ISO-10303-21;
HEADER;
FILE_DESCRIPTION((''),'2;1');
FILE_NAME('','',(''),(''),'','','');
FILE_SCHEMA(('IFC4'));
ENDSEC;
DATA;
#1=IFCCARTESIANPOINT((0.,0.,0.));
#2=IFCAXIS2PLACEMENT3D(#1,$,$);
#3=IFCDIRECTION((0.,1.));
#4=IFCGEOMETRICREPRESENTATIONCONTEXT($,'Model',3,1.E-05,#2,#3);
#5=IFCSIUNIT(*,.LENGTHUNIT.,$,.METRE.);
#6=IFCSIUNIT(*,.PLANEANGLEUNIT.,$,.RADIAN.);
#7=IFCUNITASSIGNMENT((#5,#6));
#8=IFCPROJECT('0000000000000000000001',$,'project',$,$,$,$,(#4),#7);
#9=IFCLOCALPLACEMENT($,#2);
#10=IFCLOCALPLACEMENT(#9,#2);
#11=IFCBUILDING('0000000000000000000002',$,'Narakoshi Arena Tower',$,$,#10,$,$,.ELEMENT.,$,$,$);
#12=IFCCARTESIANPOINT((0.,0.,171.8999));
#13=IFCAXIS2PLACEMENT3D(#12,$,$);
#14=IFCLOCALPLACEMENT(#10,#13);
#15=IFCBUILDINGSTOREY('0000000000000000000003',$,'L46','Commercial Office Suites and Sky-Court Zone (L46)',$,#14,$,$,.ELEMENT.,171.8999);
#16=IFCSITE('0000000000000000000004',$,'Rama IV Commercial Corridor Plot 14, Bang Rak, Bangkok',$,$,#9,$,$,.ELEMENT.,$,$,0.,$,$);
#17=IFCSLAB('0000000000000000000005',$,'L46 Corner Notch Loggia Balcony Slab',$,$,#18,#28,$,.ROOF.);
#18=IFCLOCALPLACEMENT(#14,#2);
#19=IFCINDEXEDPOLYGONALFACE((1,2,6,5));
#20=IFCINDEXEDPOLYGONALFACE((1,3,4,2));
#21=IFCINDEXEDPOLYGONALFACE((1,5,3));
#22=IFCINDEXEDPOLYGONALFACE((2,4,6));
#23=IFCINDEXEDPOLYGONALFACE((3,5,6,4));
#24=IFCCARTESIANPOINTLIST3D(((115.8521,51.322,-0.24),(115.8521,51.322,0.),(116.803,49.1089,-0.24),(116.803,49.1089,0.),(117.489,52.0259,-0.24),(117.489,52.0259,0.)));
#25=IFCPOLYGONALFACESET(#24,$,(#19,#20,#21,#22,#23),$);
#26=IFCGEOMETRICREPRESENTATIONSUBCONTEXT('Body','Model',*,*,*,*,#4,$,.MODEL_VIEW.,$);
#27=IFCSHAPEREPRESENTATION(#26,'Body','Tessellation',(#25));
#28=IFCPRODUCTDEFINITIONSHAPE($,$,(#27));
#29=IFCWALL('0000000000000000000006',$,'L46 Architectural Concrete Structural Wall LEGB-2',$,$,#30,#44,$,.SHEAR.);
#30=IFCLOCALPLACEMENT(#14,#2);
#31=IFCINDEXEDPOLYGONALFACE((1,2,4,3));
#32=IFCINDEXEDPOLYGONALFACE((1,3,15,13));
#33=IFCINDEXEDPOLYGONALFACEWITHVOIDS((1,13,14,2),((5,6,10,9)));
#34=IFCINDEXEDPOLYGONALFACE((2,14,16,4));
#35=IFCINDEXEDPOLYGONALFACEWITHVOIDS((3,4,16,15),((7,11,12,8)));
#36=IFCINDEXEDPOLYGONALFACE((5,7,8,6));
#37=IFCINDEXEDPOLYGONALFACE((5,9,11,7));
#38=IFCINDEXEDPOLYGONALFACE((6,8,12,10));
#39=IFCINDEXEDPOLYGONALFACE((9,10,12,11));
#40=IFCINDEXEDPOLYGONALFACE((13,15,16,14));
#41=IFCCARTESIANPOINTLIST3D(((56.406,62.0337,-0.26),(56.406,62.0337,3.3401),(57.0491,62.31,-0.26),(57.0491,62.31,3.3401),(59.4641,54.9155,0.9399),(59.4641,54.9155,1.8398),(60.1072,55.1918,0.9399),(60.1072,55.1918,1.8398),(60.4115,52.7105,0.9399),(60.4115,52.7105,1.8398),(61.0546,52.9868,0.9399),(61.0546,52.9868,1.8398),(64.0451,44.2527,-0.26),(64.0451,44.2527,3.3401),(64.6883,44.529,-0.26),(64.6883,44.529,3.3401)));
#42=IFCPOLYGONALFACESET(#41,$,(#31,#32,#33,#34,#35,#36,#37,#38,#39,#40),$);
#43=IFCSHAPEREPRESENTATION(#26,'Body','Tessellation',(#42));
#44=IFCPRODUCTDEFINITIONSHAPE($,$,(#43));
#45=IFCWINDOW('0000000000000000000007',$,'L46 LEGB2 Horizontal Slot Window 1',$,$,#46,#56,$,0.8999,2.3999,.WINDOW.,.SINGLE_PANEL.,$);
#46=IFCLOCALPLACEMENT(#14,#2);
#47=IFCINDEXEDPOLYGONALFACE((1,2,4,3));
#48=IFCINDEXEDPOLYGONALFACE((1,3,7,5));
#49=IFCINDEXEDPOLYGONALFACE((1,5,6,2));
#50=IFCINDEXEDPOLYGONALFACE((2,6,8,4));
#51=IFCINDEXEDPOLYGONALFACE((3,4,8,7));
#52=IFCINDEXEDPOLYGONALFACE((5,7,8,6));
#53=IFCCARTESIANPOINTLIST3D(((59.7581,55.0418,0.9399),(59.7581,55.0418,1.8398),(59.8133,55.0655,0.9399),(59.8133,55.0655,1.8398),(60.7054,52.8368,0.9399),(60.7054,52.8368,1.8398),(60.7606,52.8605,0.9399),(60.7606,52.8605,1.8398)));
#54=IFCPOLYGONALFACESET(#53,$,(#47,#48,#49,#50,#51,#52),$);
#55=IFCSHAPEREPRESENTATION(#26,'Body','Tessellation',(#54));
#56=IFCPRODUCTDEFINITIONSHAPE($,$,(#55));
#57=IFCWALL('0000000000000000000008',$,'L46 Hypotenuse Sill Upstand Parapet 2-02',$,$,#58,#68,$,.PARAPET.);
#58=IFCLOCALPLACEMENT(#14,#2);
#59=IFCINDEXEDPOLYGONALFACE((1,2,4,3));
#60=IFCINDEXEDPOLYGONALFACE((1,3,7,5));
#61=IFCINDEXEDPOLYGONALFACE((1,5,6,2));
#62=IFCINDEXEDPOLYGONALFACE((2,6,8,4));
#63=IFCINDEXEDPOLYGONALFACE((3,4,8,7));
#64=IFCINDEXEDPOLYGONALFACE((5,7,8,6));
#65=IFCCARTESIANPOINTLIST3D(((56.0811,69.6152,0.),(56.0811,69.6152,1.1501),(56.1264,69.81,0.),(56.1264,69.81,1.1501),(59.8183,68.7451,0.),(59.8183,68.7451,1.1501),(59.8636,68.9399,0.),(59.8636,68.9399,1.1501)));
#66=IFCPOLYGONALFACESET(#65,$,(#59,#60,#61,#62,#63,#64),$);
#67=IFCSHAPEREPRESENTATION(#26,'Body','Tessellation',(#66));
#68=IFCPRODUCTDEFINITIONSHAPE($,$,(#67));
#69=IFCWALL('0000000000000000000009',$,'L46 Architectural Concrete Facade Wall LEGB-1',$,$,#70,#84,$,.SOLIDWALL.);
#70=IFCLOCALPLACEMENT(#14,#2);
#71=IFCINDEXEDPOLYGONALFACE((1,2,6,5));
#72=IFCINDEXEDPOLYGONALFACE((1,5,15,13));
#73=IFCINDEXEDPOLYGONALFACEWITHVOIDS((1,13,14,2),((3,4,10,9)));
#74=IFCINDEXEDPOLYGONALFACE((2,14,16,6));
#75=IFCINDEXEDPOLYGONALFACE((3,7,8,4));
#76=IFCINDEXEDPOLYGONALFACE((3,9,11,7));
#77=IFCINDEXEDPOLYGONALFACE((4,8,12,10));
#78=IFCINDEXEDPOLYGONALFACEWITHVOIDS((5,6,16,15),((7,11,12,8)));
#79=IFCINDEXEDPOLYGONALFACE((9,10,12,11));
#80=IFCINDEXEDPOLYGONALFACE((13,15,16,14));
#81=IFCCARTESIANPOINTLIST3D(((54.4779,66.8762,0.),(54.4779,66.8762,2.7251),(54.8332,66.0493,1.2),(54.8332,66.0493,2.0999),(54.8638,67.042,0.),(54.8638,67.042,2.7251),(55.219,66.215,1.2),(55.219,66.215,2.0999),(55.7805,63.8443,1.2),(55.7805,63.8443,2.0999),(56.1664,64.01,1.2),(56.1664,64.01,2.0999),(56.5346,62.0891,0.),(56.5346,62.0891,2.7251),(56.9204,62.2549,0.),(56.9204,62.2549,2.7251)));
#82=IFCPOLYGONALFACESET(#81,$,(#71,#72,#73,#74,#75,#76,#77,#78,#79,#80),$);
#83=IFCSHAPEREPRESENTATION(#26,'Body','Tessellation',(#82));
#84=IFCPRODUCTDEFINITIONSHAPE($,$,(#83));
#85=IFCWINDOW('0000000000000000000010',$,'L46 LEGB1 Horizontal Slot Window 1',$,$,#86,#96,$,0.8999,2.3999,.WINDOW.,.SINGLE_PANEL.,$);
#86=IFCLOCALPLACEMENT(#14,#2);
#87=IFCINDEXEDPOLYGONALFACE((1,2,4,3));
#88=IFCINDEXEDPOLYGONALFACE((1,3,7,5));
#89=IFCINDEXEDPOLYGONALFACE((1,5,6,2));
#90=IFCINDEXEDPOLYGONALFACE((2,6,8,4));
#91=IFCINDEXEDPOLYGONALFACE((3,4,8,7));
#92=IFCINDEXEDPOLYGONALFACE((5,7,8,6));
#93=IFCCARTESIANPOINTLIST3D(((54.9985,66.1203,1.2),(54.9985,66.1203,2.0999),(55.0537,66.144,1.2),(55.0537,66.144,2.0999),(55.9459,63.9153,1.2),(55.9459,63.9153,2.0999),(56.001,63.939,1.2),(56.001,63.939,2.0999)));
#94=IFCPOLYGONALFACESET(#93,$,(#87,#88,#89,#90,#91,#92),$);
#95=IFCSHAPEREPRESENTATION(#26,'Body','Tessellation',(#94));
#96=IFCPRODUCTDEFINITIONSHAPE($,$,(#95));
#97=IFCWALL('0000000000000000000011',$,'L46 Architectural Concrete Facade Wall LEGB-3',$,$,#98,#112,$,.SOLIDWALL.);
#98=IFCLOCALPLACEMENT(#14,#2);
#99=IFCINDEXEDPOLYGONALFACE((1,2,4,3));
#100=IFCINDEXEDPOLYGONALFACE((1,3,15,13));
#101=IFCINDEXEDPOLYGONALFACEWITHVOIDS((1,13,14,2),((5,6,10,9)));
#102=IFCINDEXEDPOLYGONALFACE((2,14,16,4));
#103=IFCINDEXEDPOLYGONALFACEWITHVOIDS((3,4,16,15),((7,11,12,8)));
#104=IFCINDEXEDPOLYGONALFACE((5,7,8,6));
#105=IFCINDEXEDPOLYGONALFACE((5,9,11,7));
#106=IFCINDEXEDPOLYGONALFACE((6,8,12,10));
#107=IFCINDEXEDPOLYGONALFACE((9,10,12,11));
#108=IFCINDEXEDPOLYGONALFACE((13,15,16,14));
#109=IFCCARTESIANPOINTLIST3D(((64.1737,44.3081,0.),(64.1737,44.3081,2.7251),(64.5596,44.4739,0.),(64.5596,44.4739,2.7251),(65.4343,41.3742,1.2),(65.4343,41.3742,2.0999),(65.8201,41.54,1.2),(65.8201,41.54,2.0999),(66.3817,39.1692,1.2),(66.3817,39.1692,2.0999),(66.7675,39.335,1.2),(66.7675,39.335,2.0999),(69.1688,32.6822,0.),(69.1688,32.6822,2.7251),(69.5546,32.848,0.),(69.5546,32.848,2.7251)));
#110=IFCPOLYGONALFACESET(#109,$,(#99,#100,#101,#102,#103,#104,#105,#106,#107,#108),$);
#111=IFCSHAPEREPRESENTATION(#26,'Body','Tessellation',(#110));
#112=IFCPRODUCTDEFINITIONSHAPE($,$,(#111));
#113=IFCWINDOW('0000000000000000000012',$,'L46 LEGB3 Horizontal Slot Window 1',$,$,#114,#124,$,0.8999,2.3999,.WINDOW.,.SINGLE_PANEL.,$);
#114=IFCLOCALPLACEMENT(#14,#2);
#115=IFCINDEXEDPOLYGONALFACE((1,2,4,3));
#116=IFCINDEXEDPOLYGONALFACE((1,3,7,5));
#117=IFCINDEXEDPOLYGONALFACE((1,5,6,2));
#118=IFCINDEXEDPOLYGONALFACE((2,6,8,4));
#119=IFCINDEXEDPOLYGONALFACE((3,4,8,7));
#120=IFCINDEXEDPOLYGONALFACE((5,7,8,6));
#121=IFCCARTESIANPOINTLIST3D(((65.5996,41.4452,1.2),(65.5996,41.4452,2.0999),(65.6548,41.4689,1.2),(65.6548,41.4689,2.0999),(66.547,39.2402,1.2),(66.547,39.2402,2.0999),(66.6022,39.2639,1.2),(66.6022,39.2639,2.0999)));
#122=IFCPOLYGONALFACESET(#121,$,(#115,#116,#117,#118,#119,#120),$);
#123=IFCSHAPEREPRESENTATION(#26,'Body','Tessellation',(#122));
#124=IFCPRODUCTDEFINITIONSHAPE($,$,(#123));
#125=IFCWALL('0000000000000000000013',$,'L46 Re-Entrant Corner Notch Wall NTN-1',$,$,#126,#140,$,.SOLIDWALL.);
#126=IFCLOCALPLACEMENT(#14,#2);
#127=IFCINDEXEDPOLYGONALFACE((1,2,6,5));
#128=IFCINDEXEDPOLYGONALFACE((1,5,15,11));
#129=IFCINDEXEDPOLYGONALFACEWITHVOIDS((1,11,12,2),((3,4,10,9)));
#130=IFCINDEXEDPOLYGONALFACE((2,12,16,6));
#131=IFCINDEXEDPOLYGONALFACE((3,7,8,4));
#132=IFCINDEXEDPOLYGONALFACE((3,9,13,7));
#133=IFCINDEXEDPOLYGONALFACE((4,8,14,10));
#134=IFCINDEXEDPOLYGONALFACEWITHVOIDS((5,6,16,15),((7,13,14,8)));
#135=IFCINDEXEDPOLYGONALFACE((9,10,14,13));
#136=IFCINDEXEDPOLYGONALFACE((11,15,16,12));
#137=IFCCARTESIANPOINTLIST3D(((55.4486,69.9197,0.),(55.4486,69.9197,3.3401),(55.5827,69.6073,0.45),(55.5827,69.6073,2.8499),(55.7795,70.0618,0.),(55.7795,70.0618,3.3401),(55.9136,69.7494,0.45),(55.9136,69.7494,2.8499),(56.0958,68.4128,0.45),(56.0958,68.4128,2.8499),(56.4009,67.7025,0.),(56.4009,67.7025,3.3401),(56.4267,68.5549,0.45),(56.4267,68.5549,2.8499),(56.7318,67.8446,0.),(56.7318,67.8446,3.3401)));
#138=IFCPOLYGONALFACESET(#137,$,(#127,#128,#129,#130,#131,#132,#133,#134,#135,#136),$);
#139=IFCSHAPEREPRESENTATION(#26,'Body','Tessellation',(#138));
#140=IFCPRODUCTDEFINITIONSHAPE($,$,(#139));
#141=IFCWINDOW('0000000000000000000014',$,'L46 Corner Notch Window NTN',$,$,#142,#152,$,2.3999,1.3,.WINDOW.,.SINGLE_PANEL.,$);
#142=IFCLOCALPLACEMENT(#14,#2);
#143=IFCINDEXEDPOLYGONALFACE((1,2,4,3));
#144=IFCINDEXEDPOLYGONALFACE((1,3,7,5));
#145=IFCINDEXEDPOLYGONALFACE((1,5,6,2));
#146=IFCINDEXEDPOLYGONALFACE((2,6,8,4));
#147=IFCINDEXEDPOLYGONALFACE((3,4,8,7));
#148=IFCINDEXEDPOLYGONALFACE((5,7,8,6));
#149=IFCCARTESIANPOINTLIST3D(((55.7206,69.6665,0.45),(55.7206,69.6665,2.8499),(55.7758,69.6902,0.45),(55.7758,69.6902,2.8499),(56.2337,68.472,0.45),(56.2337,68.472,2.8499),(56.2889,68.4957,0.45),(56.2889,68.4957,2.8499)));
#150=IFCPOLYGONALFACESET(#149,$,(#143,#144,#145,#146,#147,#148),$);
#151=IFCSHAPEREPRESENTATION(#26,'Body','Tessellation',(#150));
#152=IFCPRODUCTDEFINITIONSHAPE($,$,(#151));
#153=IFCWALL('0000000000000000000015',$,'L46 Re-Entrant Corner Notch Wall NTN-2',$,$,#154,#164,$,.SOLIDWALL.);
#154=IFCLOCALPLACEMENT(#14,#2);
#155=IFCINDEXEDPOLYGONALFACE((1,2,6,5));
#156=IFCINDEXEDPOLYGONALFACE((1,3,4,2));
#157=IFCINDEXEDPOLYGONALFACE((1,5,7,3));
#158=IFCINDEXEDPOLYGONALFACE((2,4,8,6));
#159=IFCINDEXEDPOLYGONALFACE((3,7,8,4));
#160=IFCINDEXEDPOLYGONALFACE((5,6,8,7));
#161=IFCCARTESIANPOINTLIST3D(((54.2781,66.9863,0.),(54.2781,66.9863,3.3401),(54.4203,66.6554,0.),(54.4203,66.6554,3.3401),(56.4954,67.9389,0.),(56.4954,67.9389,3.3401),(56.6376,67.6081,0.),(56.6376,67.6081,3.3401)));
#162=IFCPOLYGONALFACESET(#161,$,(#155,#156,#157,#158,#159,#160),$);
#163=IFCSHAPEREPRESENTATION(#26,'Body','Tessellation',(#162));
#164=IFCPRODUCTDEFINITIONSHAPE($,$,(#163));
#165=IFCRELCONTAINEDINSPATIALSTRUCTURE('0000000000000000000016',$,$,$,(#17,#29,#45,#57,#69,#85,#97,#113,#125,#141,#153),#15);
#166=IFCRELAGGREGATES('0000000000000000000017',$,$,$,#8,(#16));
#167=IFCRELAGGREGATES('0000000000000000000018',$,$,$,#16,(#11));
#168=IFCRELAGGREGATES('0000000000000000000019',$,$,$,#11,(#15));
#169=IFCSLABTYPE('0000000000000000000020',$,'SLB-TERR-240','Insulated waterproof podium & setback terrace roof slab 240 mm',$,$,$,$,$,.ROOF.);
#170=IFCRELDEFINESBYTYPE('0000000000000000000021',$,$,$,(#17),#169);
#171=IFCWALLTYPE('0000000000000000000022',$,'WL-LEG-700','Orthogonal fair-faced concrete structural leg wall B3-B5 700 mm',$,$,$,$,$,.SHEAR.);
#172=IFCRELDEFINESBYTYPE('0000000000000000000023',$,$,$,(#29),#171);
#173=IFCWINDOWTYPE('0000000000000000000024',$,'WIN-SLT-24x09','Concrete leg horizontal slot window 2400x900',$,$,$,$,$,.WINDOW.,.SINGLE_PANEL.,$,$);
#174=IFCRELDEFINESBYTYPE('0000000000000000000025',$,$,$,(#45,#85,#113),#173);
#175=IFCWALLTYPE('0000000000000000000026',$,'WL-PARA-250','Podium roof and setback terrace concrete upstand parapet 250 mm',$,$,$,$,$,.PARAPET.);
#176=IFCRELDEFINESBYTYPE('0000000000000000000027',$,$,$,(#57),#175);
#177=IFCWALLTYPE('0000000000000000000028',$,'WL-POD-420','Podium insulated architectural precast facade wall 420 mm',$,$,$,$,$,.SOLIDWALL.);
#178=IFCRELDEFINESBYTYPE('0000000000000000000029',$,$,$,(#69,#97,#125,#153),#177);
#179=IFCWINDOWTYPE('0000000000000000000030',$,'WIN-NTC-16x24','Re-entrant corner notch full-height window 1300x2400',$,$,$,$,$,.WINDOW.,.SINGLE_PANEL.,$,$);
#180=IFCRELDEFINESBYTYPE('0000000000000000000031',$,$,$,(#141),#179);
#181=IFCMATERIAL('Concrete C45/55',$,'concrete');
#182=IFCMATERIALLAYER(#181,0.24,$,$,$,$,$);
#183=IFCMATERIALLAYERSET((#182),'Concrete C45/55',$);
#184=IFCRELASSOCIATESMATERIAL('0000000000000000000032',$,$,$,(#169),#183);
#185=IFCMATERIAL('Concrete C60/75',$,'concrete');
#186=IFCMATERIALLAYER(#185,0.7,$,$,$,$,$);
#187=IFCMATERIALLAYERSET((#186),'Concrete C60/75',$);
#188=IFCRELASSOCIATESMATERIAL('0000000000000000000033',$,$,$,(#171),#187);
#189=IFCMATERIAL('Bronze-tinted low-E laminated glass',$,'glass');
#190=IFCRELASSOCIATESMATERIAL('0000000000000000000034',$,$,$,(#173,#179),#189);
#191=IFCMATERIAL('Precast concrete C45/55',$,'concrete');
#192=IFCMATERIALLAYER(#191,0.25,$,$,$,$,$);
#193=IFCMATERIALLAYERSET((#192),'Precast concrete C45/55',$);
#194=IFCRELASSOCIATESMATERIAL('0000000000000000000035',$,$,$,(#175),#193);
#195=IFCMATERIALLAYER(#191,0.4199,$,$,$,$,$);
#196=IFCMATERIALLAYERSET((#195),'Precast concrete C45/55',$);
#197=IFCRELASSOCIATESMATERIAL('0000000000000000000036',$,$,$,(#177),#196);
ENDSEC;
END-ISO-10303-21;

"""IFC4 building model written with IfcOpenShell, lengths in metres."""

from ifc_helpers import new_model, si_unit, direction, frame, frame_2d, origin, place, context, subcontext, project, spatial, polyline, rectangle, outline, extrude, material, layer, layer_set, type_object, element, fill, save


model = new_model("IFC4")

# Units and contexts
model_context = context("Model", 3, precision=1e-05, world=origin(), true_north=direction((0.0, 1.0)))
body_context = subcontext(model_context, "Body", "Model", "MODEL_VIEW")
ifc_project = project(units=[si_unit("LENGTHUNIT", "METRE"), si_unit("PLANEANGLEUNIT", "RADIAN")], contexts=[model_context])

# Site, building, storey
site_placement = place(None, origin())
site = spatial("IfcSite", under=ifc_project, at=site_placement, Name="Rama IV Commercial Corridor Plot 14, Bang Rak, Bangkok", CompositionType="ELEMENT", RefElevation=0.0)
building_placement = place(site_placement, origin())
building = spatial("IfcBuilding", under=site, at=building_placement, Name="Narakoshi Arena Tower", CompositionType="ELEMENT")
storey_placement = place(building_placement, frame((0.0, 0.0, 171.8999)))
storey = spatial("IfcBuildingStorey", under=building, at=storey_placement, Name="L46", Description="Commercial Office Suites and Sky-Court Zone (L46)", CompositionType="ELEMENT", Elevation=171.8999)

# Shared definitions
ifc_material_1 = material(Name="Bronze-tinted low-E laminated glass", Category="glass")

# Shared definitions
ifc_material_2 = material(Name="Concrete C45/55", Category="concrete")

# Slab
ifc_layer_1 = layer(ifc_material_2, 0.24)
ifc_layer_set_1 = layer_set([ifc_layer_1], Name="Concrete C45/55")
slab_type_1 = type_object("IfcSlabType", Name="SLB-TERR-240", Description="Insulated waterproof podium & setback terrace roof slab 240 mm", PredefinedType="ROOF", material=ifc_layer_set_1)
slab_1_placement = place(storey_placement, frame((0.0, 0.0, -0.24)))
element("IfcSlab", 1, at=slab_1_placement, inside=storey, type_object=slab_type_1, Name="L46 Corner Notch Loggia Balcony Slab", PredefinedType="ROOF", context=body_context, shape_type="SweptSolid", body=[
    extrude(outline(polyline([(117.489, 52.0259), (115.8521, 51.322), (116.803, 49.1089), (117.489, 52.0259)])), origin(), (0.0, 0.0, 1.0), 0.24),
])

# Wall, opening, window
ifc_material_3 = material(Name="Concrete C60/75", Category="concrete")
ifc_layer_2 = layer(ifc_material_3, 0.7)
ifc_layer_set_2 = layer_set([ifc_layer_2], Name="Concrete C60/75")
wall_type_1 = type_object("IfcWallType", Name="WL-LEG-700", Description="Orthogonal fair-faced concrete structural leg wall B3-B5 700 mm", PredefinedType="SHEAR", material=ifc_layer_set_2)
wall_1_placement = place(storey_placement, frame((56.7275, 62.1719, -0.26), z_axis=(0.0, 0.0, 1.0), x_axis=(0.394737, -0.918794, 0.0)))
wall_1 = element("IfcWall", 2, at=wall_1_placement, inside=storey, type_object=wall_type_1, Name="L46 Architectural Concrete Structural Wall LEGB-2", PredefinedType="SHEAR", context=body_context, shape_type="SweptSolid", body=[
    extrude(rectangle(XDim=19.3525, YDim=0.7, at=frame_2d((9.6763, 0.0))), origin(), (0.0, 0.0, 1.0), 3.6001),
])
opening_1_placement = place(wall_1_placement, frame((7.7473, 0.0, 1.2)))
opening_1 = element("IfcOpeningElement", 3, at=opening_1_placement, cuts=wall_1, PredefinedType="OPENING", context=body_context, shape_type="SweptSolid", body=[
    extrude(rectangle(XDim=2.3999, YDim=0.8999, at=frame_2d((1.2, 0.45))), frame((0.0, 0.3599, 0.0), z_axis=(0.0, -1.0, 0.0), x_axis=(1.0, 0.0, 0.0)), (0.0, 0.0, 1.0), 0.72),
])
window_type_1 = type_object("IfcWindowType", Name="WIN-SLT-24x09", Description="Concrete leg horizontal slot window 2400x900", PartitioningType="SINGLE_PANEL", PredefinedType="WINDOW", material=ifc_material_1)
window_1_placement = place(opening_1_placement, origin())
window_1 = element("IfcWindow", 4, at=window_1_placement, inside=storey, type_object=window_type_1, Name="L46 LEGB2 Horizontal Slot Window 1", OverallHeight=0.8999, OverallWidth=2.3999, PartitioningType="SINGLE_PANEL", PredefinedType="WINDOW", context=body_context, shape_type="SweptSolid", body=[
    extrude(rectangle(XDim=2.3999, YDim=0.8999, at=frame_2d((1.2, 0.45))), frame((0.0, 0.03, 0.0), z_axis=(0.0, -1.0, 0.0), x_axis=(1.0, 0.0, 0.0)), (0.0, 0.0, 1.0), 0.0601),
])
fill(opening_1, window_1)

# Wall
ifc_material_4 = material(Name="Precast concrete C45/55", Category="concrete")
ifc_layer_3 = layer(ifc_material_4, 0.25)
ifc_layer_set_3 = layer_set([ifc_layer_3], Name="Precast concrete C45/55")
wall_type_2 = type_object("IfcWallType", Name="WL-PARA-250", Description="Podium roof and setback terrace concrete upstand parapet 250 mm", PredefinedType="PARAPET", material=ifc_layer_set_3)
wall_2_placement = place(storey_placement, frame((59.8408, 68.8425, 0.0), z_axis=(0.0, 0.0, 1.0), x_axis=(-0.973952, 0.226755, 0.0)))
element("IfcWall", 5, at=wall_2_placement, inside=storey, type_object=wall_type_2, Name="L46 Hypotenuse Sill Upstand Parapet 2-02", PredefinedType="PARAPET", context=body_context, shape_type="SweptSolid", body=[
    extrude(rectangle(XDim=3.8372, YDim=0.2, at=frame_2d((1.9185, 0.0))), origin(), (0.0, 0.0, 1.0), 1.1501),
])

# Walls, openings, windows
ifc_layer_4 = layer(ifc_material_4, 0.4199)
ifc_layer_set_4 = layer_set([ifc_layer_4], Name="Precast concrete C45/55")
wall_type_3 = type_object("IfcWallType", Name="WL-POD-420", Description="Podium insulated architectural precast facade wall 420 mm", PredefinedType="SOLIDWALL", material=ifc_layer_set_4)
wall_3_placement = place(storey_placement, frame((54.6709, 66.959, 0.0), z_axis=(0.0, 0.0, 1.0), x_axis=(0.394734, -0.918796, 0.0)))
wall_3 = element("IfcWall", 6, at=wall_3_placement, inside=storey, type_object=wall_type_3, Name="L46 Architectural Concrete Facade Wall LEGB-1", PredefinedType="SOLIDWALL", context=body_context, shape_type="SweptSolid", body=[
    extrude(rectangle(XDim=5.2102, YDim=0.4199, at=frame_2d((2.605, 0.0))), origin(), (0.0, 0.0, 1.0), 2.7251),
])
opening_2_placement = place(wall_3_placement, frame((0.8999, 0.0, 1.2)))
opening_2 = element("IfcOpeningElement", 7, at=opening_2_placement, cuts=wall_3, PredefinedType="OPENING", context=body_context, shape_type="SweptSolid", body=[
    extrude(rectangle(XDim=2.3999, YDim=0.8999, at=frame_2d((1.2, 0.45))), frame((0.0, 0.22, 0.0), z_axis=(0.0, -1.0, 0.0), x_axis=(1.0, 0.0, 0.0)), (0.0, 0.0, 1.0), 0.4399),
])
window_2_placement = place(opening_2_placement, origin())
window_2 = element("IfcWindow", 8, at=window_2_placement, inside=storey, type_object=window_type_1, Name="L46 LEGB1 Horizontal Slot Window 1", OverallHeight=0.8999, OverallWidth=2.3999, PartitioningType="SINGLE_PANEL", PredefinedType="WINDOW", context=body_context, shape_type="SweptSolid", body=[
    extrude(rectangle(XDim=2.3999, YDim=0.8999, at=frame_2d((1.2, 0.45))), frame((0.0, 0.03, 0.0), z_axis=(0.0, -1.0, 0.0), x_axis=(1.0, 0.0, 0.0)), (0.0, 0.0, 1.0), 0.0601),
])
fill(opening_2, window_2)
wall_4_placement = place(storey_placement, frame((64.3667, 44.3909, 0.0), z_axis=(0.0, 0.0, 1.0), x_axis=(0.394757, -0.918785, 0.0)))
wall_4 = element("IfcWall", 9, at=wall_4_placement, inside=storey, type_object=wall_type_3, Name="L46 Architectural Concrete Facade Wall LEGB-3", PredefinedType="SOLIDWALL", context=body_context, shape_type="SweptSolid", body=[
    extrude(rectangle(XDim=12.6536, YDim=0.4199, at=frame_2d((6.3267, 0.0))), origin(), (0.0, 0.0, 1.0), 2.7251),
])
opening_3_placement = place(wall_4_placement, frame((3.1931, 0.0, 1.2)))
opening_3 = element("IfcOpeningElement", 10, at=opening_3_placement, cuts=wall_4, PredefinedType="OPENING", context=body_context, shape_type="SweptSolid", body=[
    extrude(rectangle(XDim=2.3999, YDim=0.8999, at=frame_2d((1.2, 0.45))), frame((0.0, 0.22, 0.0), z_axis=(0.0, -1.0, 0.0), x_axis=(1.0, 0.0, 0.0)), (0.0, 0.0, 1.0), 0.4399),
])
window_3_placement = place(opening_3_placement, origin())
window_3 = element("IfcWindow", 11, at=window_3_placement, inside=storey, type_object=window_type_1, Name="L46 LEGB3 Horizontal Slot Window 1", OverallHeight=0.8999, OverallWidth=2.3999, PartitioningType="SINGLE_PANEL", PredefinedType="WINDOW", context=body_context, shape_type="SweptSolid", body=[
    extrude(rectangle(XDim=2.3999, YDim=0.8999, at=frame_2d((1.2, 0.45))), frame((0.0, 0.03, 0.0), z_axis=(0.0, -1.0, 0.0), x_axis=(1.0, 0.0, 0.0)), (0.0, 0.0, 1.0), 0.0601),
])
fill(opening_3, window_3)
wall_5_placement = place(storey_placement, frame((55.614, 69.9907, 0.0), z_axis=(0.0, 0.0, 1.0), x_axis=(0.394664, -0.918826, 0.0)))
wall_5 = element("IfcWall", 12, at=wall_5_placement, inside=storey, type_object=wall_type_3, Name="L46 Re-Entrant Corner Notch Wall NTN-1", PredefinedType="SOLIDWALL", context=body_context, shape_type="SweptSolid", body=[
    extrude(rectangle(XDim=2.4131, YDim=0.3601, at=frame_2d((1.2065, 0.0))), origin(), (0.0, 0.0, 1.0), 3.3401),
])
opening_4_placement = place(wall_5_placement, frame((0.3401, 0.0, 0.45)))
opening_4 = element("IfcOpeningElement", 13, at=opening_4_placement, cuts=wall_5, PredefinedType="OPENING", context=body_context, shape_type="SweptSolid", body=[
    extrude(rectangle(XDim=1.3, YDim=2.3999, at=frame_2d((0.6499, 1.2))), frame((0.0, 0.1899, 0.0), z_axis=(0.0, -1.0, 0.0), x_axis=(1.0, 0.0, 0.0)), (0.0, 0.0, 1.0), 0.3801),
])
window_type_2 = type_object("IfcWindowType", Name="WIN-NTC-16x24", Description="Re-entrant corner notch full-height window 1300x2400", PartitioningType="SINGLE_PANEL", PredefinedType="WINDOW", material=ifc_material_1)
window_4_placement = place(opening_4_placement, origin())
window_4 = element("IfcWindow", 14, at=window_4_placement, inside=storey, type_object=window_type_2, Name="L46 Corner Notch Window NTN", OverallHeight=2.3999, OverallWidth=1.3, PartitioningType="SINGLE_PANEL", PredefinedType="WINDOW", context=body_context, shape_type="SweptSolid", body=[
    extrude(rectangle(XDim=1.3, YDim=2.3999, at=frame_2d((0.6499, 1.2))), frame((0.0, 0.03, 0.0), z_axis=(0.0, -1.0, 0.0), x_axis=(1.0, 0.0, 0.0)), (0.0, 0.0, 1.0), 0.0601),
])
fill(opening_4, window_4)

# Wall
wall_6_placement = place(storey_placement, frame((56.5664, 67.7734, 0.0), z_axis=(0.0, 0.0, 1.0), x_axis=(-0.918789, -0.394749, 0.0)))
element("IfcWall", 15, at=wall_6_placement, inside=storey, type_object=wall_type_3, Name="L46 Re-Entrant Corner Notch Wall NTN-2", PredefinedType="SOLIDWALL", context=body_context, shape_type="SweptSolid", body=[
    extrude(rectangle(XDim=2.4133, YDim=0.3601, at=frame_2d((1.2065, 0.0))), origin(), (0.0, 0.0, 1.0), 3.3401),
])

save(model, "model.ifc")
